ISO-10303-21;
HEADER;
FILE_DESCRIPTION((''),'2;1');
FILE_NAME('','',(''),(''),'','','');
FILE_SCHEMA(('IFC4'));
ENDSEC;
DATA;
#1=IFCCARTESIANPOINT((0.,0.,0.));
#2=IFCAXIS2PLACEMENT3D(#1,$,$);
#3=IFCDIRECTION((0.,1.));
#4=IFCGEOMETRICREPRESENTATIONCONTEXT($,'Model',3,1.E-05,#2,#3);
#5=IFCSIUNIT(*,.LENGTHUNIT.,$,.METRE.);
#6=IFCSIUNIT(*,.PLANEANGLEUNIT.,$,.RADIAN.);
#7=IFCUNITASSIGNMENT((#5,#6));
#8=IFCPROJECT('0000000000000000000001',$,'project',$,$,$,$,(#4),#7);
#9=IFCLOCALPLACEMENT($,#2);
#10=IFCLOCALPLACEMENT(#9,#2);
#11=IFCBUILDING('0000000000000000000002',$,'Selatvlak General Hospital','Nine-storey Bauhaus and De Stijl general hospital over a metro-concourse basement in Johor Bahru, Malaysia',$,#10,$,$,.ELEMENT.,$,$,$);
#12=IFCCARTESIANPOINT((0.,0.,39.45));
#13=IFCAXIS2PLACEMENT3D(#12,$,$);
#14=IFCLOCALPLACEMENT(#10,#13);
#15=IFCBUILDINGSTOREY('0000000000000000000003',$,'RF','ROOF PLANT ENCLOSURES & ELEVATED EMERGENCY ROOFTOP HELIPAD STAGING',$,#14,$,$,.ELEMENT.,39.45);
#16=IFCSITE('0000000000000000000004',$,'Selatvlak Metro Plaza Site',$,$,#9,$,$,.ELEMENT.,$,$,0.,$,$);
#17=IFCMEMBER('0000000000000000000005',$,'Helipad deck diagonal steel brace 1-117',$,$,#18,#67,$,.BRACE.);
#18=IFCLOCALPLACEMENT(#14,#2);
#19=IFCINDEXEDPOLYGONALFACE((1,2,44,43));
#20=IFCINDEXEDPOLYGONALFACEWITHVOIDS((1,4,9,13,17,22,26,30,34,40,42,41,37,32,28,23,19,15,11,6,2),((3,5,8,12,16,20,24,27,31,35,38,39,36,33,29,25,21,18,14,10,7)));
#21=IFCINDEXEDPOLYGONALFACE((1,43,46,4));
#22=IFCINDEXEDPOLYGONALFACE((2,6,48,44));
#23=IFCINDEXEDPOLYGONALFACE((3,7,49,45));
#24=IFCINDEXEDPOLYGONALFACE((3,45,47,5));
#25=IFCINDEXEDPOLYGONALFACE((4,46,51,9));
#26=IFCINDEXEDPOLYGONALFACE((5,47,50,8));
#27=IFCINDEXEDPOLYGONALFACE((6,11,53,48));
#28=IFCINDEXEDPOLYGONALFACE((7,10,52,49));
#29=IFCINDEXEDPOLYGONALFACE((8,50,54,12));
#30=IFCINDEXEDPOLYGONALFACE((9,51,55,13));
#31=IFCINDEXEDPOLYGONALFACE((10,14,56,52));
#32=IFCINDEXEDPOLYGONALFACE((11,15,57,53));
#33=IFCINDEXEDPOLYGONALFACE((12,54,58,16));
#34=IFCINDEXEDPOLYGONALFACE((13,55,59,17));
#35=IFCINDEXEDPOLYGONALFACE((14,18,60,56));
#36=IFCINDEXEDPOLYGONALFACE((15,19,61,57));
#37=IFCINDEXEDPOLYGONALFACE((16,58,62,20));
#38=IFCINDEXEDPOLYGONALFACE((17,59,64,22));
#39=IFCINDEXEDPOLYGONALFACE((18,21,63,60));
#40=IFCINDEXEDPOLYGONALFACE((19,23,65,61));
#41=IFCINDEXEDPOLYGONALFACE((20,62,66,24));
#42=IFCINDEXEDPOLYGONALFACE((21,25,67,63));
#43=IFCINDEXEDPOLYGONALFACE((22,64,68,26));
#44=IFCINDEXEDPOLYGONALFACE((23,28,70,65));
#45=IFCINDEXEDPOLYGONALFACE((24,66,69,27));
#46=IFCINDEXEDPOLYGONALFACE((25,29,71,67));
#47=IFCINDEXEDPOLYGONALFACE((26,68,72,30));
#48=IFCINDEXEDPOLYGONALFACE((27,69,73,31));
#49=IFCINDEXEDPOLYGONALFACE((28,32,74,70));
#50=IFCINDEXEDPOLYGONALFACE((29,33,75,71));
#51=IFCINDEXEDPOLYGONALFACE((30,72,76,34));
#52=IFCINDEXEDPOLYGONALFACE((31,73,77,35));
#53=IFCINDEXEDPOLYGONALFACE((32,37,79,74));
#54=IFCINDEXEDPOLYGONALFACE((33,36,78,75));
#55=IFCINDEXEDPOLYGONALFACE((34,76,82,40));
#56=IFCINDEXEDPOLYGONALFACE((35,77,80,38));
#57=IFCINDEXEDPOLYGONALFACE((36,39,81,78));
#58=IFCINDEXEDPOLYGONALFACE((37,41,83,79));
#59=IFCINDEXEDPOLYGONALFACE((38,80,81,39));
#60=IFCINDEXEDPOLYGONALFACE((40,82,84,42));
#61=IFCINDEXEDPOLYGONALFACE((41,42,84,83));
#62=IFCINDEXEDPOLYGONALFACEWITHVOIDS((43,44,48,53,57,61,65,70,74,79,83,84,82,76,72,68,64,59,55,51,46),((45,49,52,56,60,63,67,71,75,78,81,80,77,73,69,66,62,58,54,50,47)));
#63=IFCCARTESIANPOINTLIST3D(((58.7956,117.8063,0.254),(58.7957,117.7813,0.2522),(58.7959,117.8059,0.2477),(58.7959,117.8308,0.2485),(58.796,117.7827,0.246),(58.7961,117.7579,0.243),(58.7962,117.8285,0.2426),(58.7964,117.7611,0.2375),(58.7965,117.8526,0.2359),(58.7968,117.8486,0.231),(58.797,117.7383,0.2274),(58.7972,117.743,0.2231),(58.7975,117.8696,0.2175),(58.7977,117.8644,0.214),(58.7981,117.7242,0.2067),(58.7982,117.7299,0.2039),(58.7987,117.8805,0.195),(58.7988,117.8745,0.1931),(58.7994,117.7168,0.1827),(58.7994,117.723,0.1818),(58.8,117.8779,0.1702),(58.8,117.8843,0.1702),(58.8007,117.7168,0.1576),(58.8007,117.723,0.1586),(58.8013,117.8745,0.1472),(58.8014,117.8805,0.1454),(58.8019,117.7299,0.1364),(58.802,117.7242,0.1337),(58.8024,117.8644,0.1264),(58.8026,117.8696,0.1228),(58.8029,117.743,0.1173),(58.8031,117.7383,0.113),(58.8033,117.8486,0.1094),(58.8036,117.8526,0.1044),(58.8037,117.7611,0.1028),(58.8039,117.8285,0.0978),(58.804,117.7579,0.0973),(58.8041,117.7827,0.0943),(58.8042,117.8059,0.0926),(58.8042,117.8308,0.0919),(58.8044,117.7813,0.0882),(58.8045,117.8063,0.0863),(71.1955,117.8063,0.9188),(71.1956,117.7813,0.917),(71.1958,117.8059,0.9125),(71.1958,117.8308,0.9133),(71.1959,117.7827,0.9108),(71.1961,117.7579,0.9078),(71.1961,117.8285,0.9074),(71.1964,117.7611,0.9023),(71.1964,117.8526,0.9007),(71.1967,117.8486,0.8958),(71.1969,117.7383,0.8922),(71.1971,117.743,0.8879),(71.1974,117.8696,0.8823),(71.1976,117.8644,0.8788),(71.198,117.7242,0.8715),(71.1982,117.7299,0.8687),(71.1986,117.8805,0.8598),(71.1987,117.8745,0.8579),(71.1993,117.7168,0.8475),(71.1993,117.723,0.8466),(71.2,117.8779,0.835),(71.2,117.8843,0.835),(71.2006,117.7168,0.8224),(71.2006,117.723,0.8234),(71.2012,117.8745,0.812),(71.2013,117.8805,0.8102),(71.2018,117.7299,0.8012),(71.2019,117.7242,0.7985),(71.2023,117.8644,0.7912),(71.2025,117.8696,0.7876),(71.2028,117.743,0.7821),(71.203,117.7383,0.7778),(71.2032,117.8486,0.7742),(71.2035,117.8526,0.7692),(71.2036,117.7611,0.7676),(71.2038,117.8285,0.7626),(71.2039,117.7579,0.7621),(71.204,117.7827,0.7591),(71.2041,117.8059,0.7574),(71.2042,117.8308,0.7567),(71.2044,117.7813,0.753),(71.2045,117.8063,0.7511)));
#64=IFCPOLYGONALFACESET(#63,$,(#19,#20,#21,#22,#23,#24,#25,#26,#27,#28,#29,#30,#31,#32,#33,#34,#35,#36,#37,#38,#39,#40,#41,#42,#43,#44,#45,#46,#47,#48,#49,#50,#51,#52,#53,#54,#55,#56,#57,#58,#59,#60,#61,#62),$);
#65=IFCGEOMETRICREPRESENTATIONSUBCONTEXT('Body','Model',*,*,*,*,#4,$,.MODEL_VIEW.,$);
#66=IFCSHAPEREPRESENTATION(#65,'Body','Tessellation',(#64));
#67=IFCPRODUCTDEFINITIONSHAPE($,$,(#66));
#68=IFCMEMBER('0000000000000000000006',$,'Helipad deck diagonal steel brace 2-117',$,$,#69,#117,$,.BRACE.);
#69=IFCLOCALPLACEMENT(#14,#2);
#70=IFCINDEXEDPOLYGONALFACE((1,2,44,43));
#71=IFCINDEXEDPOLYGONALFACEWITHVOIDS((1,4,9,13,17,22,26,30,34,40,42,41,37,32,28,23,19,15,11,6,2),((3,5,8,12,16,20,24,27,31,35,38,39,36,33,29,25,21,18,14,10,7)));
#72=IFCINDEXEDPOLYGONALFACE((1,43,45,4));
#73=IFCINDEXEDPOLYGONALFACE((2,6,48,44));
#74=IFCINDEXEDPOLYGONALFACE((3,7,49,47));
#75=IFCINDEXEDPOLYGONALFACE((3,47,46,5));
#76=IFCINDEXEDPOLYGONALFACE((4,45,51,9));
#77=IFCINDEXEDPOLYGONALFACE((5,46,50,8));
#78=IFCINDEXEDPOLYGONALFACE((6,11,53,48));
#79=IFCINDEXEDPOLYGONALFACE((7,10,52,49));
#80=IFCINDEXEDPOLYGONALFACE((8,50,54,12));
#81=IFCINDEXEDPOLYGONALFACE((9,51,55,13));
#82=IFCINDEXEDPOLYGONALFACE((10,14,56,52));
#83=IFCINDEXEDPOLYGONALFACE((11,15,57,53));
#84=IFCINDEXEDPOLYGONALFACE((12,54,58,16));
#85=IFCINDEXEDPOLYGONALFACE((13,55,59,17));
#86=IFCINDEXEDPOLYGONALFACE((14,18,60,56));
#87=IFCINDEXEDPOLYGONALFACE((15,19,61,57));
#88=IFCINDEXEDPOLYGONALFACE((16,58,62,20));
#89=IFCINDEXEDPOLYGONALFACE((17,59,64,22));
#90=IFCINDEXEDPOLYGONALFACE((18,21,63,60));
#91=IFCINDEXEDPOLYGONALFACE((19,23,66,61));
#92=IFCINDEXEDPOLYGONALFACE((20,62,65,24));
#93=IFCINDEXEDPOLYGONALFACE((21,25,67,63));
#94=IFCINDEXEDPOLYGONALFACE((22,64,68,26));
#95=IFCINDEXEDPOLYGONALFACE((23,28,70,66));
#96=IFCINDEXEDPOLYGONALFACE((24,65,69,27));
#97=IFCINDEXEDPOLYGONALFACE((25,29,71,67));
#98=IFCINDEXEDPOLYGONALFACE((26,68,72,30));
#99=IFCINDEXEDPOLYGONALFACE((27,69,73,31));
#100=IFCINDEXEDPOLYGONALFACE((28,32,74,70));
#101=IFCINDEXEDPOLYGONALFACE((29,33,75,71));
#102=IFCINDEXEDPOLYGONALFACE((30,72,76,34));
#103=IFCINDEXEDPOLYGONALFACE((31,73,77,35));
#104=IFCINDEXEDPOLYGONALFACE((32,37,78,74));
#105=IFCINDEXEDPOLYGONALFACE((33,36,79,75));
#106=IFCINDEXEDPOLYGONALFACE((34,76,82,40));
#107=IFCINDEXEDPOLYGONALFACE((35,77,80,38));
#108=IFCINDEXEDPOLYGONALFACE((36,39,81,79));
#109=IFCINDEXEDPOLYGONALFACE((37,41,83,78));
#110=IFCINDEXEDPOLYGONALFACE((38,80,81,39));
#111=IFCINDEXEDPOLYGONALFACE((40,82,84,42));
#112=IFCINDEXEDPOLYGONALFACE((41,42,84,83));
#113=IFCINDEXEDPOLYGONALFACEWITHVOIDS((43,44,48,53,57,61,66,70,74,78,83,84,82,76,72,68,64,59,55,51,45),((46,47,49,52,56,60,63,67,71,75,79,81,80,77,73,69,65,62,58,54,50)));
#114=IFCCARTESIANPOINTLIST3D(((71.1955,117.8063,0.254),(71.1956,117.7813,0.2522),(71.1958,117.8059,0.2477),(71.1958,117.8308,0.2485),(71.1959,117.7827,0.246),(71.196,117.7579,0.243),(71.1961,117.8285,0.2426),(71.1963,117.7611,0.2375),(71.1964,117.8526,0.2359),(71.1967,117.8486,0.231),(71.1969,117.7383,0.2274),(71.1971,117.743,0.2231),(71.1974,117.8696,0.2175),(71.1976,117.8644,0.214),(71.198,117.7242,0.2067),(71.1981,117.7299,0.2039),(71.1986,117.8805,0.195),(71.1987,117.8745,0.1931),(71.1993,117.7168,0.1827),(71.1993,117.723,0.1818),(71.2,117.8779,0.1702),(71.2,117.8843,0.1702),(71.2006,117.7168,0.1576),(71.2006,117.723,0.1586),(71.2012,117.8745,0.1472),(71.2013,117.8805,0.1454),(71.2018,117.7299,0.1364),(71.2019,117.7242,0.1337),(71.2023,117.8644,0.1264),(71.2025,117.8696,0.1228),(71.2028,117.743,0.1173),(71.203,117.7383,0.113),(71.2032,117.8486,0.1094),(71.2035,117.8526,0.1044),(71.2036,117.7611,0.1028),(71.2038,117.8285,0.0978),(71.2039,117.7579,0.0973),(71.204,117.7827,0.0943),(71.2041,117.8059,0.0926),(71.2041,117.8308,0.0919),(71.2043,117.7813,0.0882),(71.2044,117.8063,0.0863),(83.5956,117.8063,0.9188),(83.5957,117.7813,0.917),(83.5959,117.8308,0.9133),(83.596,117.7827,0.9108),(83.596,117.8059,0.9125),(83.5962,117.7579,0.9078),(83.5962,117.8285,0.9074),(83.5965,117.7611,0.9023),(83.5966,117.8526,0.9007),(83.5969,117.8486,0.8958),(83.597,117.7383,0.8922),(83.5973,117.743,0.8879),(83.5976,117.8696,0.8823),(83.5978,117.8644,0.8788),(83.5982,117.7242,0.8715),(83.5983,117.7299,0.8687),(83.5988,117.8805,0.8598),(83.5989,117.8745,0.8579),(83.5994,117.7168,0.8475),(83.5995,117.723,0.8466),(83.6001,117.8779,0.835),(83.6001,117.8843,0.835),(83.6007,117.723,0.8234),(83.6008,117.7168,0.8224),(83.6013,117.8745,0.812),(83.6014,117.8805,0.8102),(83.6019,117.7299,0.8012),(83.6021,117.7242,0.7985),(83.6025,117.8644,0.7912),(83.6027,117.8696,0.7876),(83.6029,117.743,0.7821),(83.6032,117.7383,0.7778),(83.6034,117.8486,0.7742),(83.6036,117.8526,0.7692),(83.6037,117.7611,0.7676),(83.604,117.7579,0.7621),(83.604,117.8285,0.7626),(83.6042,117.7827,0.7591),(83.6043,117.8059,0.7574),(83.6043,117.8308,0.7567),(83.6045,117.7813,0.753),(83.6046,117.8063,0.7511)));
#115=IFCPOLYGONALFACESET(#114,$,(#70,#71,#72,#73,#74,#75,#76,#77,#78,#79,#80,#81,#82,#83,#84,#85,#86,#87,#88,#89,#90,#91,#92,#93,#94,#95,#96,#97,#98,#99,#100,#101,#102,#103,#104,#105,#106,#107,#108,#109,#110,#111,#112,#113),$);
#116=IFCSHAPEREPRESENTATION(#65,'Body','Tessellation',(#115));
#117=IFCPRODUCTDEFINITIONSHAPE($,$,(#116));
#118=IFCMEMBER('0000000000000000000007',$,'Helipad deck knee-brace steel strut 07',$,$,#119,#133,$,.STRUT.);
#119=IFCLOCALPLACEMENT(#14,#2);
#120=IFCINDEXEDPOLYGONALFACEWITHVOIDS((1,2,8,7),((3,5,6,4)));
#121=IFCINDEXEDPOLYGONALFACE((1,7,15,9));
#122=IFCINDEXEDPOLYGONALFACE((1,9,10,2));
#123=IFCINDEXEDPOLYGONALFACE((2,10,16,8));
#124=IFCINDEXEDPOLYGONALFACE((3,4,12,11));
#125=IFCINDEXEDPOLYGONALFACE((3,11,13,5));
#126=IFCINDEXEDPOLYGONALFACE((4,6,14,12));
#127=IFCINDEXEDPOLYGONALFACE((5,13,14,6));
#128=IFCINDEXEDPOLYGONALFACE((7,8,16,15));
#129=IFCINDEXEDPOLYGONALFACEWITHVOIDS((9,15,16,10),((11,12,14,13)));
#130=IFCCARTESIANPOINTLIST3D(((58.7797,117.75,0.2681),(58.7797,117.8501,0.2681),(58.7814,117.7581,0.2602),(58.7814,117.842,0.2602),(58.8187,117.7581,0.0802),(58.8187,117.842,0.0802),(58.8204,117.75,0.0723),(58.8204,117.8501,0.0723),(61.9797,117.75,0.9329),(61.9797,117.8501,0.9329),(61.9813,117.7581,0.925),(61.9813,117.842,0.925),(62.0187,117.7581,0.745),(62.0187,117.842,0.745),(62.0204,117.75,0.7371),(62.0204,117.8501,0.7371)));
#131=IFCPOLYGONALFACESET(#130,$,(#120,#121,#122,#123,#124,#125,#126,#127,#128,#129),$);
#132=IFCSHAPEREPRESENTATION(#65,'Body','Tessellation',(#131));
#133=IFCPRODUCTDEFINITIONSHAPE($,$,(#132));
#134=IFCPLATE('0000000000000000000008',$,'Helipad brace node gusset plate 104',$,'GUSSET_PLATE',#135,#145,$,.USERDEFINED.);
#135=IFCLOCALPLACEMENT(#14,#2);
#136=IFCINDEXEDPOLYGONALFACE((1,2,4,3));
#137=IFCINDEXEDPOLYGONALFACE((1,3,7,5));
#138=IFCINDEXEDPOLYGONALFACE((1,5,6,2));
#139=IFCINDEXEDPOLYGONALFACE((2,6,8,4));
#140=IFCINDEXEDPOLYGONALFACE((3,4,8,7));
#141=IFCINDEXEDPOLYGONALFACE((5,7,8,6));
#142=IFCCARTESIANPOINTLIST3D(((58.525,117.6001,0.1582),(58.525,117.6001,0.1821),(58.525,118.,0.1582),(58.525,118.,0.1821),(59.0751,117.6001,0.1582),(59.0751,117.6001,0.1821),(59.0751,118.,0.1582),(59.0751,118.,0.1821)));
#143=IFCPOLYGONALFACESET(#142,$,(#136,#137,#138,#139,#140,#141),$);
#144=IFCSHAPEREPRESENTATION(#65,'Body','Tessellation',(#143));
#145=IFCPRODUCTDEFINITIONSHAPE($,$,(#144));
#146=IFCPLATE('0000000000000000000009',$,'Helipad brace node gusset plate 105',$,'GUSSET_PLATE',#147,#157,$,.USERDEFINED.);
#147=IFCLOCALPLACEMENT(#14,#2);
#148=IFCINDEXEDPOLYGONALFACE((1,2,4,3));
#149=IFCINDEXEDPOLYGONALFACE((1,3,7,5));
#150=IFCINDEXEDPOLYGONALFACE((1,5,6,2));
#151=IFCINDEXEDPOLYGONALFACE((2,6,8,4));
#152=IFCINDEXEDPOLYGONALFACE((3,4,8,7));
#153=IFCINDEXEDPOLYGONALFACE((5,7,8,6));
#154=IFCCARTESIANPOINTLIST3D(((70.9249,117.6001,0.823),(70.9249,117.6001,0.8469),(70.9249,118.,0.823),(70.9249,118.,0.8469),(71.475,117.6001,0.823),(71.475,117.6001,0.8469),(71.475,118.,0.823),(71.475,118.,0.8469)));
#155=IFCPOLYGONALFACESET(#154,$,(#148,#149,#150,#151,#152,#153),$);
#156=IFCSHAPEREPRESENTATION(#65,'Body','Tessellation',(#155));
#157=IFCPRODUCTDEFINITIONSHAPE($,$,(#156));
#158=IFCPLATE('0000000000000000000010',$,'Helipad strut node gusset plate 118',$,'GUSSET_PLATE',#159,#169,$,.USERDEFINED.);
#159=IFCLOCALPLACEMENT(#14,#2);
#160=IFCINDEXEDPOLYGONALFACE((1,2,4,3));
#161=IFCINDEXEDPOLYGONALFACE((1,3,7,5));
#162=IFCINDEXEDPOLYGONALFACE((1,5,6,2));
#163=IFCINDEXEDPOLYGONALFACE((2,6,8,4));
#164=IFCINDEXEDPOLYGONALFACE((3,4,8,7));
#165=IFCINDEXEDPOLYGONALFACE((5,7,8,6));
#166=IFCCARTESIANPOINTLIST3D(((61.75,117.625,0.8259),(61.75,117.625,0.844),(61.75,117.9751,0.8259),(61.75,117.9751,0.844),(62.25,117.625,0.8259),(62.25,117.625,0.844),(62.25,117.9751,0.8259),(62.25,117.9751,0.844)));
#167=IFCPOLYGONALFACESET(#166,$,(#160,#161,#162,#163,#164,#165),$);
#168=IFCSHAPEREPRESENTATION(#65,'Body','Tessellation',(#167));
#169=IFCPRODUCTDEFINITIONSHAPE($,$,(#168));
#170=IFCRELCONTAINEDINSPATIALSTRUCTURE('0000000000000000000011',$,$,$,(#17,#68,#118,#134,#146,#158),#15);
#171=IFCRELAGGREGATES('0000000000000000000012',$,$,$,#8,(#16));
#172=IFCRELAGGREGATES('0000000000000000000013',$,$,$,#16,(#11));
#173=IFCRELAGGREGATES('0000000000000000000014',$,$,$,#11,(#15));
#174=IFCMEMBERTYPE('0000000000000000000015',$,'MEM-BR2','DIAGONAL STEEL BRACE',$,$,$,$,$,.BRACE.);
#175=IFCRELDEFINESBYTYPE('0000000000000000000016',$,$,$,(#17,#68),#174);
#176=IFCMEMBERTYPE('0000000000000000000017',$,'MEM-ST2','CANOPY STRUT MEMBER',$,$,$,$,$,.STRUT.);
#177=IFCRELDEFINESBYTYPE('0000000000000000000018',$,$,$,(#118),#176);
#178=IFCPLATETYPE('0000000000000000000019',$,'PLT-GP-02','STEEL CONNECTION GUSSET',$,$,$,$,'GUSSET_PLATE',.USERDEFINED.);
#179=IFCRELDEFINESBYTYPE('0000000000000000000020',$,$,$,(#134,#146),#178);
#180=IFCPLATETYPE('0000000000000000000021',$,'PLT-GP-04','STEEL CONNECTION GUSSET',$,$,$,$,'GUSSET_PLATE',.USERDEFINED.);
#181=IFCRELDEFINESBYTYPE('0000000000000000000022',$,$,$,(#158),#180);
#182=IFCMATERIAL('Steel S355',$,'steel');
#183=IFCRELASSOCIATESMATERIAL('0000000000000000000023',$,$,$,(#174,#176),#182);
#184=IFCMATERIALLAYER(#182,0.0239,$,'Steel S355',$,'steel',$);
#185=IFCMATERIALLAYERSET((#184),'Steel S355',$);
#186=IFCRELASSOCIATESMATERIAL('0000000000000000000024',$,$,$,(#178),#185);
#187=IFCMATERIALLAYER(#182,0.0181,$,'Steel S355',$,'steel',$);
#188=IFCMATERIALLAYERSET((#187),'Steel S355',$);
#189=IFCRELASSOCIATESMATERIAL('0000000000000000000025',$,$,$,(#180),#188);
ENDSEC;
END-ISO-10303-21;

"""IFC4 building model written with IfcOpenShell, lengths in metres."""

from ifc_helpers import new_model, si_unit, direction, frame, origin, origin_2d, place, context, subcontext, project, spatial, rectangle, hollow_rectangle, hollow_circle, extrude, material, layer, layer_set, material_profile, profile_set, type_object, element, save


model = new_model("IFC4")

# Units and contexts
model_context = context("Model", 3, precision=1e-05, world=origin(), true_north=direction((0.0, 1.0)))
body_context = subcontext(model_context, "Body", "Model", "MODEL_VIEW")
ifc_project = project(units=[si_unit("LENGTHUNIT", "METRE"), si_unit("PLANEANGLEUNIT", "RADIAN")], contexts=[model_context])

# Site, building, storey
site_placement = place(None, origin())
site = spatial("IfcSite", under=ifc_project, at=site_placement, Name="Selatvlak Metro Plaza Site", CompositionType="ELEMENT", RefElevation=0.0)
building_placement = place(site_placement, origin())
building = spatial("IfcBuilding", under=site, at=building_placement, Name="Selatvlak General Hospital", Description="Nine-storey Bauhaus and De Stijl general hospital over a metro-concourse basement in Johor Bahru, Malaysia", CompositionType="ELEMENT")
storey_placement = place(building_placement, frame((0.0, 0.0, 39.45)))
storey = spatial("IfcBuildingStorey", under=building, at=storey_placement, Name="RF", Description="ROOF PLANT ENCLOSURES & ELEVATED EMERGENCY ROOFTOP HELIPAD STAGING", CompositionType="ELEMENT", Elevation=39.45)

# Shared definitions
ifc_material_1 = material(Name="Steel S355", Category="steel")

# Members
ifc_material_profile_1 = material_profile(ifc_material_1, hollow_circle(Radius=0.0842, WallThickness=0.0063, at=origin_2d()), Name="CHS 168.3x6.3")
ifc_profile_set_1 = profile_set([ifc_material_profile_1], Name="Steel S355")
member_type_1 = type_object("IfcMemberType", Name="MEM-BR2", Description="DIAGONAL STEEL BRACE", PredefinedType="BRACE", material=ifc_profile_set_1)
member_1_placement = place(storey_placement, frame((58.8, 117.8, 0.1702), z_axis=(0.998566, 0.0, 0.053536), x_axis=(0.0, 1.0, 0.0)))
element("IfcMember", 1, at=member_1_placement, inside=storey, type_object=member_type_1, Name="Helipad deck diagonal steel brace 1-117", PredefinedType="BRACE", context=body_context, shape_type="SweptSolid", body=[
    extrude(hollow_circle(Radius=0.0842, WallThickness=0.0063, at=origin_2d()), origin(), (0.0, 0.0, 1.0), 12.4177),
])
member_2_placement = place(storey_placement, frame((71.2, 117.8, 0.1702), z_axis=(0.998566, 0.0, 0.053535), x_axis=(0.0, 1.0, 0.0)))
element("IfcMember", 2, at=member_2_placement, inside=storey, type_object=member_type_1, Name="Helipad deck diagonal steel brace 2-117", PredefinedType="BRACE", context=body_context, shape_type="SweptSolid", body=[
    extrude(hollow_circle(Radius=0.0842, WallThickness=0.0063, at=origin_2d()), origin(), (0.0, 0.0, 1.0), 12.418),
])
ifc_material_profile_2 = material_profile(ifc_material_1, hollow_rectangle(XDim=0.1001, YDim=0.2, WallThickness=0.0081, at=origin_2d()), Name="RHS 200x100x8")
ifc_profile_set_2 = profile_set([ifc_material_profile_2], Name="Steel S355")
member_type_2 = type_object("IfcMemberType", Name="MEM-ST2", Description="CANOPY STRUT MEMBER", PredefinedType="STRUT", material=ifc_profile_set_2)
member_3_placement = place(storey_placement, frame((58.8, 117.8, 0.1702), z_axis=(0.979094, 0.0, 0.203408), x_axis=(0.0, 1.0, 0.0)))
element("IfcMember", 3, at=member_3_placement, inside=storey, type_object=member_type_2, Name="Helipad deck knee-brace steel strut 07", PredefinedType="STRUT", context=body_context, shape_type="SweptSolid", body=[
    extrude(hollow_rectangle(XDim=0.1001, YDim=0.2, WallThickness=0.0081, at=origin_2d()), origin(), (0.0, 0.0, 1.0), 3.2683),
])

# Plates
ifc_layer_1 = layer(ifc_material_1, 0.0239, Name="Steel S355", Category="steel")
ifc_layer_set_1 = layer_set([ifc_layer_1], Name="Steel S355")
plate_type_1 = type_object("IfcPlateType", Name="PLT-GP-02", Description="STEEL CONNECTION GUSSET", ElementType="GUSSET_PLATE", PredefinedType="USERDEFINED", material=ifc_layer_set_1)
for number, where, z_axis, x_axis, name in (
    (4, (58.8, 117.8, 0.1582), (0.0, 0.0, 1.0), (1.0, 0.0, 0.0), "Helipad brace node gusset plate 104"),
    (5, (71.2, 117.8, 0.823), (0.0, 0.0, 1.0), (1.0, 0.0, 0.0), "Helipad brace node gusset plate 105"),
):
    element("IfcPlate", number, at=place(storey_placement, frame(where, z_axis=z_axis, x_axis=x_axis)), inside=storey, type_object=plate_type_1, Name=name, ObjectType="GUSSET_PLATE", PredefinedType="USERDEFINED", context=body_context, shape_type="SweptSolid", body=[
        extrude(rectangle(XDim=0.55, YDim=0.3999, at=origin_2d()), origin(), (0.0, 0.0, 1.0), 0.0239),
    ])
ifc_layer_2 = layer(ifc_material_1, 0.0181, Name="Steel S355", Category="steel")
ifc_layer_set_2 = layer_set([ifc_layer_2], Name="Steel S355")
plate_type_2 = type_object("IfcPlateType", Name="PLT-GP-04", Description="STEEL CONNECTION GUSSET", ElementType="GUSSET_PLATE", PredefinedType="USERDEFINED", material=ifc_layer_set_2)
plate_placement = place(storey_placement, frame((62.0, 117.8, 0.8259), z_axis=(0.0, 0.0, 1.0), x_axis=(1.0, 0.0, 0.0)))
element("IfcPlate", 6, at=plate_placement, inside=storey, type_object=plate_type_2, Name="Helipad strut node gusset plate 118", ObjectType="GUSSET_PLATE", PredefinedType="USERDEFINED", context=body_context, shape_type="SweptSolid", body=[
    extrude(rectangle(XDim=0.5, YDim=0.3501, at=origin_2d()), origin(), (0.0, 0.0, 1.0), 0.0181),
])

save(model, "model.ifc")
